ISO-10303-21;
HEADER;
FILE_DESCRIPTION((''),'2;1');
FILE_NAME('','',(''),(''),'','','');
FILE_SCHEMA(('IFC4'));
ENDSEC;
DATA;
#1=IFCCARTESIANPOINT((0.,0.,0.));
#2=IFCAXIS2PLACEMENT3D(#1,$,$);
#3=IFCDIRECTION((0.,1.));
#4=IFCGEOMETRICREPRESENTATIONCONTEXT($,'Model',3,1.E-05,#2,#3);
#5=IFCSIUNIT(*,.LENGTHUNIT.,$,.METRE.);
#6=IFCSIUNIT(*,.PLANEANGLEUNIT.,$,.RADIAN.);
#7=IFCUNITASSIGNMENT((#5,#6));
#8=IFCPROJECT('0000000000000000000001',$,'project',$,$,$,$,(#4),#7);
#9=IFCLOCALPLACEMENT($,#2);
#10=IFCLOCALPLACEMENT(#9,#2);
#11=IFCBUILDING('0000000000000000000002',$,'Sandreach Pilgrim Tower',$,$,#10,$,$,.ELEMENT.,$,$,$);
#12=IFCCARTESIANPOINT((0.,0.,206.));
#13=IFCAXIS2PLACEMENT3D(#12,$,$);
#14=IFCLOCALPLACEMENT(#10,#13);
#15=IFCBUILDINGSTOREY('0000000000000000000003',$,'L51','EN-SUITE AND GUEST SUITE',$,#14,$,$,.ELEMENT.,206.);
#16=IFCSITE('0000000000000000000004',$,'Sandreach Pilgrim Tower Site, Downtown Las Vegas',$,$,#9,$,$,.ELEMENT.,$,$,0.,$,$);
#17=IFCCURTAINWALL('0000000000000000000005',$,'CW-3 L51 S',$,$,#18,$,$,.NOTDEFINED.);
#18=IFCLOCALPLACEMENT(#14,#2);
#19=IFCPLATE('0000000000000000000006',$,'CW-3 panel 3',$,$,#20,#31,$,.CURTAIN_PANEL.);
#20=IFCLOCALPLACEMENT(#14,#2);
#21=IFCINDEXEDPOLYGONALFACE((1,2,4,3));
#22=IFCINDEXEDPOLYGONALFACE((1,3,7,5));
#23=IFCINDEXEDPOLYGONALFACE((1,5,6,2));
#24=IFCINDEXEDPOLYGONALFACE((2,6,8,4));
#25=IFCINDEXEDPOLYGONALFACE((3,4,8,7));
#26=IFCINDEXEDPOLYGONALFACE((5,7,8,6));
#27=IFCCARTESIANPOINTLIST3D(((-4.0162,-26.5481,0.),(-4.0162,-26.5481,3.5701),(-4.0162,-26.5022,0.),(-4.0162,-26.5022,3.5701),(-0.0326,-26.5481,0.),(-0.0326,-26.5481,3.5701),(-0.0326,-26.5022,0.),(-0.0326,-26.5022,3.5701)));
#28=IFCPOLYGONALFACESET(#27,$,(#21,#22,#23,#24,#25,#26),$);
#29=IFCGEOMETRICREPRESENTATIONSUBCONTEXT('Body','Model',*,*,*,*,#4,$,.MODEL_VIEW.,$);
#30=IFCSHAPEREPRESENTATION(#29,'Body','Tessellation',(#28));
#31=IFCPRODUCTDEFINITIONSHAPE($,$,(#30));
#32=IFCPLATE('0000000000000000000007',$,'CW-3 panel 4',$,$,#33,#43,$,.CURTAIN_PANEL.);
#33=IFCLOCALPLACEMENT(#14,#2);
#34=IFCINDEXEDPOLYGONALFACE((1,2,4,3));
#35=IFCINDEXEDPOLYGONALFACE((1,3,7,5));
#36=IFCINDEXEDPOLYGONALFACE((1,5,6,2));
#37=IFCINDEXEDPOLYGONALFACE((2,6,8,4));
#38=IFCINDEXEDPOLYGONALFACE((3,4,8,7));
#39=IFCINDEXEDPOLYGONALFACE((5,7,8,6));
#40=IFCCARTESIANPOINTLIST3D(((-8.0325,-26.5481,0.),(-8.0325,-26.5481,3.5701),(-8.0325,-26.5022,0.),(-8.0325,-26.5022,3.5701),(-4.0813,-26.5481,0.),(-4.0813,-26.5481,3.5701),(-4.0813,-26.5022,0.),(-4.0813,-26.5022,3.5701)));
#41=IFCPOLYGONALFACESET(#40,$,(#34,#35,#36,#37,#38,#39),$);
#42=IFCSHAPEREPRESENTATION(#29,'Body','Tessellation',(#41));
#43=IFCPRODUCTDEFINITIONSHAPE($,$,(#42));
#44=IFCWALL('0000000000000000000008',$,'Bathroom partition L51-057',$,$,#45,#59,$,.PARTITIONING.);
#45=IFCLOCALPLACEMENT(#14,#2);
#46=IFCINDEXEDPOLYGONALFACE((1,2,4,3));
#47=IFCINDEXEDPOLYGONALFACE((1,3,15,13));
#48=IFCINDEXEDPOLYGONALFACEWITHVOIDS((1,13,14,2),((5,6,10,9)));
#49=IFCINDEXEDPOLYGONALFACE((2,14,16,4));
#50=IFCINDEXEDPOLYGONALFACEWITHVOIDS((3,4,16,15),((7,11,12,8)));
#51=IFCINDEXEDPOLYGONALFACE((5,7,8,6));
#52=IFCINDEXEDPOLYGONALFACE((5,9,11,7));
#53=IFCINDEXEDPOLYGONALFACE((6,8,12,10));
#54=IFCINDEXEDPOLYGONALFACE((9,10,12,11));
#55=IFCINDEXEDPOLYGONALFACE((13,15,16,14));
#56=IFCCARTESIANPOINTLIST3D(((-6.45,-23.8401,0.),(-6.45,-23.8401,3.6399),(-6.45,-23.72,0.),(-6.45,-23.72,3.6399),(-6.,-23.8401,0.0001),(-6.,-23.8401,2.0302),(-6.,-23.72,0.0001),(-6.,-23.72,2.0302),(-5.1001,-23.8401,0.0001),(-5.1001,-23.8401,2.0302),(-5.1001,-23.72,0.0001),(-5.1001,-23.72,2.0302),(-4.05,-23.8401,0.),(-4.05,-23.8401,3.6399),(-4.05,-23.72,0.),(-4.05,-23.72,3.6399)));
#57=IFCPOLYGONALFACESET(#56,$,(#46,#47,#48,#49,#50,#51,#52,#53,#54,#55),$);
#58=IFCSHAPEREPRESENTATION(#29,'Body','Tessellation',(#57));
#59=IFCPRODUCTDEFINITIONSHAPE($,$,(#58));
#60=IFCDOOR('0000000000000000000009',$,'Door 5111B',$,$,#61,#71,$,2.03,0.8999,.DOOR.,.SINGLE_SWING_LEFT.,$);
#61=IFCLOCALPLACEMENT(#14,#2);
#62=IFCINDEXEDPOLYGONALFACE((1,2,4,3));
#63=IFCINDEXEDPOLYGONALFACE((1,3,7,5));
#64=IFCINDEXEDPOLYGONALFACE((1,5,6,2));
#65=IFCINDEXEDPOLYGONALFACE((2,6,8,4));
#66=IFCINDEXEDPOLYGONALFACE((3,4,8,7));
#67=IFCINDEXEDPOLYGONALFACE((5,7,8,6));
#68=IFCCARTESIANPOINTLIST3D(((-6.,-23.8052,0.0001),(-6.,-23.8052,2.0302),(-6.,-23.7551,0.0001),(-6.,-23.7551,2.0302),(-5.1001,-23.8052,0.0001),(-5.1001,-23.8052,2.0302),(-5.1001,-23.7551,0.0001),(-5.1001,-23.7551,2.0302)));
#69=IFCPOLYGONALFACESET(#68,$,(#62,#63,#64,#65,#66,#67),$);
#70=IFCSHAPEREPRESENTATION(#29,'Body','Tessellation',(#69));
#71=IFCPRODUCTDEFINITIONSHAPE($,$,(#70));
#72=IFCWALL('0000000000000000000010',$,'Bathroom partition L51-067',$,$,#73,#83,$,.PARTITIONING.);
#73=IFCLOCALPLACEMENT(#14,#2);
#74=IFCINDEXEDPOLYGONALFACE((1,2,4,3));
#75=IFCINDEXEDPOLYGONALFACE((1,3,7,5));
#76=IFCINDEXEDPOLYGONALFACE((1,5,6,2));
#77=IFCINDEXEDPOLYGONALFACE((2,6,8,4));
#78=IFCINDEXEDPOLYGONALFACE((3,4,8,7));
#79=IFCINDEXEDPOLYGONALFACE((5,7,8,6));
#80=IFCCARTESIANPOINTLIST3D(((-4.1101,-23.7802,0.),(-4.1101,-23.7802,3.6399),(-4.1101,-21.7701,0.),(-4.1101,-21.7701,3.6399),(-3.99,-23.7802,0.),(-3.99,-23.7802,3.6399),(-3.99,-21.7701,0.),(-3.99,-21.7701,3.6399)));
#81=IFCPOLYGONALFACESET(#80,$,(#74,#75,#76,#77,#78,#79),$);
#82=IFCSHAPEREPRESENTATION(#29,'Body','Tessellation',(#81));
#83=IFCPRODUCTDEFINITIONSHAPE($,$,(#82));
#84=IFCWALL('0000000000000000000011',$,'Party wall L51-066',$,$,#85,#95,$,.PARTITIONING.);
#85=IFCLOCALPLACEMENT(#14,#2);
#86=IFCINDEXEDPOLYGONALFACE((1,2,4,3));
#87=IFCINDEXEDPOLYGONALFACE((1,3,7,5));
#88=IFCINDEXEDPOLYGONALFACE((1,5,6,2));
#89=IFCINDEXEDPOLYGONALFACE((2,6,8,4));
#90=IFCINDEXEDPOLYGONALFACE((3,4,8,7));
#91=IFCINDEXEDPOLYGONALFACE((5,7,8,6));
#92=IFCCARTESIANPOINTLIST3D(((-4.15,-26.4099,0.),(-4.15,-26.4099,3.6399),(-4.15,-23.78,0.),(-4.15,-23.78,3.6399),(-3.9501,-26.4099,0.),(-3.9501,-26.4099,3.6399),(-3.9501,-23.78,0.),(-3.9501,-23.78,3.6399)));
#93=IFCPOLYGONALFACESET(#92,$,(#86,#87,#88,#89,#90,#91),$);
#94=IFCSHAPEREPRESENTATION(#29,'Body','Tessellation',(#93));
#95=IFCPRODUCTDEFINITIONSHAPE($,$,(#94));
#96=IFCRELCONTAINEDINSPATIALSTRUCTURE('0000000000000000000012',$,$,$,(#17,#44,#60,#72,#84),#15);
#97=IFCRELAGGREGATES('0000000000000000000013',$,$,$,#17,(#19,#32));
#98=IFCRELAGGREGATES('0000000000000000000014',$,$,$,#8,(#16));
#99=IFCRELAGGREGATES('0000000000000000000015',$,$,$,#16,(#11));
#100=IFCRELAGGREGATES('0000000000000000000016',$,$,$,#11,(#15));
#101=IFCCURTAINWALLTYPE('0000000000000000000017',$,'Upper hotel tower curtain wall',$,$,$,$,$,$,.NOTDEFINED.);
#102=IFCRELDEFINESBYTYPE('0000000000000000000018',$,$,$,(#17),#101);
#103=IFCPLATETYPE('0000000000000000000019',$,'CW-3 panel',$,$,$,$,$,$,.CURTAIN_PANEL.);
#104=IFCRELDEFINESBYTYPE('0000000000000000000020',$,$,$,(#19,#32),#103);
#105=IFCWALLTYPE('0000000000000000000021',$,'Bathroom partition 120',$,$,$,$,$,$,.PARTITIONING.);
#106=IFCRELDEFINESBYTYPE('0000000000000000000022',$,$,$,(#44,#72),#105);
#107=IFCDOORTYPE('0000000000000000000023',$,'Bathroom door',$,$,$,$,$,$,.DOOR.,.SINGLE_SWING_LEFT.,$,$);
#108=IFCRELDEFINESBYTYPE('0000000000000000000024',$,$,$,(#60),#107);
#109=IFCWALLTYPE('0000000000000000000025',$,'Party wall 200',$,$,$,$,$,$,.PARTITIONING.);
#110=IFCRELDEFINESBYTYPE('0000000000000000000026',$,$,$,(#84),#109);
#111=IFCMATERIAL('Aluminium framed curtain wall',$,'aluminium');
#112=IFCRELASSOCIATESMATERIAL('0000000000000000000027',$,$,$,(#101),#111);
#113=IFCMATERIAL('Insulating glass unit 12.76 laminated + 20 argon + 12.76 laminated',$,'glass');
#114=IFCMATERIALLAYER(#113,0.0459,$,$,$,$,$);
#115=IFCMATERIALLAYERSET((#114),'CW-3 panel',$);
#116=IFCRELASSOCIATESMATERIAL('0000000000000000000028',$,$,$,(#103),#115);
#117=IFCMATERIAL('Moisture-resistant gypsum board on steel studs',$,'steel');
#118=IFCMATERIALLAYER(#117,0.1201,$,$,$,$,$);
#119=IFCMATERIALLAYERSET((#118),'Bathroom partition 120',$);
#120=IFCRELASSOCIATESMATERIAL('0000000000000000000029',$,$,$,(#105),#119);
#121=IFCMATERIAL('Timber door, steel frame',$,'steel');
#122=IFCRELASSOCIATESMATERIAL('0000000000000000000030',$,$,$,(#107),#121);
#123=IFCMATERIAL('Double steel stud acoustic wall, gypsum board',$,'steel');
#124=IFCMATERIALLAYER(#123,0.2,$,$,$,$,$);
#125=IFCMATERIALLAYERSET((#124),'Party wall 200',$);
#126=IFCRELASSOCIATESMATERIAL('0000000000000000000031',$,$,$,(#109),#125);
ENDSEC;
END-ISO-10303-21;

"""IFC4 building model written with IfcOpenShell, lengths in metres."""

from ifc_helpers import new_model, si_unit, direction, frame, frame_2d, origin, origin_2d, place, context, subcontext, project, spatial, rectangle, extrude, material, layer, layer_set, type_object, element, fill, aggregate, save


model = new_model("IFC4")

# Units and contexts
model_context = context("Model", 3, precision=1e-05, world=origin(), true_north=direction((0.0, 1.0)))
body_context = subcontext(model_context, "Body", "Model", "MODEL_VIEW")
ifc_project = project(units=[si_unit("LENGTHUNIT", "METRE"), si_unit("PLANEANGLEUNIT", "RADIAN")], contexts=[model_context])

# Site, building, storey
site_placement = place(None, origin())
site = spatial("IfcSite", under=ifc_project, at=site_placement, Name="Sandreach Pilgrim Tower Site, Downtown Las Vegas", CompositionType="ELEMENT", RefElevation=0.0)
building_placement = place(site_placement, origin())
building = spatial("IfcBuilding", under=site, at=building_placement, Name="Sandreach Pilgrim Tower", CompositionType="ELEMENT")
storey_placement = place(building_placement, frame((0.0, 0.0, 206.0)))
storey = spatial("IfcBuildingStorey", under=building, at=storey_placement, Name="L51", Description="EN-SUITE AND GUEST SUITE", CompositionType="ELEMENT", Elevation=206.0)

# Curtain wall
ifc_material_1 = material(Name="Aluminium framed curtain wall", Category="aluminium")
curtain_wall_type = type_object("IfcCurtainWallType", Name="Upper hotel tower curtain wall", PredefinedType="NOTDEFINED", material=ifc_material_1)
curtain_wall_placement = place(storey_placement, origin())
curtain_wall = element("IfcCurtainWall", 1, at=curtain_wall_placement, inside=storey, type_object=curtain_wall_type, Name="CW-3 L51 S", PredefinedType="NOTDEFINED")

# Plates
ifc_material_2 = material(Name="Insulating glass unit 12.76 laminated + 20 argon + 12.76 laminated", Category="glass")
ifc_layer_1 = layer(ifc_material_2, 0.0459)
ifc_layer_set_1 = layer_set([ifc_layer_1], Name="CW-3 panel")
plate_type = type_object("IfcPlateType", Name="CW-3 panel", PredefinedType="CURTAIN_PANEL", material=ifc_layer_set_1)
plate_1_placement = place(storey_placement, frame((-2.0244, -26.5251, 0.0), z_axis=(0.0, 0.0, 1.0), x_axis=(-1.0, 0.0, 0.0)))
plate_1 = element("IfcPlate", 2, at=plate_1_placement, type_object=plate_type, Name="CW-3 panel 3", PredefinedType="CURTAIN_PANEL", context=body_context, shape_type="SweptSolid", body=[
    extrude(rectangle(XDim=3.9836, YDim=0.0459, at=origin_2d()), origin(), (0.0, 0.0, 1.0), 3.5701),
])
plate_2_placement = place(storey_placement, frame((-6.0569, -26.5251, 0.0), z_axis=(0.0, 0.0, 1.0), x_axis=(-1.0, 0.0, 0.0)))
plate_2 = element("IfcPlate", 3, at=plate_2_placement, type_object=plate_type, Name="CW-3 panel 4", PredefinedType="CURTAIN_PANEL", context=body_context, shape_type="SweptSolid", body=[
    extrude(rectangle(XDim=3.9512, YDim=0.0459, at=origin_2d()), origin(), (0.0, 0.0, 1.0), 3.5701),
])
aggregate(curtain_wall, [plate_1, plate_2])

# Wall, opening, door
ifc_material_3 = material(Name="Moisture-resistant gypsum board on steel studs", Category="steel")
ifc_layer_2 = layer(ifc_material_3, 0.1201)
ifc_layer_set_2 = layer_set([ifc_layer_2], Name="Bathroom partition 120")
wall_type_1 = type_object("IfcWallType", Name="Bathroom partition 120", PredefinedType="PARTITIONING", material=ifc_layer_set_2)
wall_1_placement = place(storey_placement, frame((-6.45, -23.78, 0.0), z_axis=(0.0, 0.0, 1.0), x_axis=(1.0, 0.0, 0.0)))
wall_1 = element("IfcWall", 4, at=wall_1_placement, inside=storey, type_object=wall_type_1, Name="Bathroom partition L51-057", PredefinedType="PARTITIONING", context=body_context, shape_type="SweptSolid", body=[
    extrude(rectangle(XDim=2.3999, YDim=0.1201, at=frame_2d((1.2, 0.0))), origin(), (0.0, 0.0, 1.0), 3.6399),
])
opening_placement = place(wall_1_placement, frame((0.45, 0.0, 0.0)))
opening = element("IfcOpeningElement", 5, at=opening_placement, cuts=wall_1, PredefinedType="OPENING", context=body_context, shape_type="SweptSolid", body=[
    extrude(rectangle(XDim=0.8999, YDim=2.03, at=frame_2d((0.45, 1.0151))), frame((0.0, 0.0601, 0.0), z_axis=(0.0, -1.0, 0.0), x_axis=(1.0, 0.0, 0.0)), (0.0, 0.0, 1.0), 0.1201),
])
ifc_material_4 = material(Name="Timber door, steel frame", Category="steel")
door_type = type_object("IfcDoorType", Name="Bathroom door", OperationType="SINGLE_SWING_LEFT", PredefinedType="DOOR", material=ifc_material_4)
door_placement = place(opening_placement, origin())
door = element("IfcDoor", 6, at=door_placement, inside=storey, type_object=door_type, Name="Door 5111B", OperationType="SINGLE_SWING_LEFT", OverallHeight=2.03, OverallWidth=0.8999, PredefinedType="DOOR", context=body_context, shape_type="SweptSolid", body=[
    extrude(rectangle(XDim=0.8999, YDim=2.03, at=frame_2d((0.45, 1.0151))), frame((0.0, 0.0249, 0.0), z_axis=(0.0, -1.0, 0.0), x_axis=(1.0, 0.0, 0.0)), (0.0, 0.0, 1.0), 0.05),
])
fill(opening, door)

# Walls
wall_2_placement = place(storey_placement, frame((-4.05, -23.78, 0.0), z_axis=(0.0, 0.0, 1.0), x_axis=(0.0, 1.0, 0.0)))
element("IfcWall", 7, at=wall_2_placement, inside=storey, type_object=wall_type_1, Name="Bathroom partition L51-067", PredefinedType="PARTITIONING", context=body_context, shape_type="SweptSolid", body=[
    extrude(rectangle(XDim=2.01, YDim=0.1201, at=frame_2d((1.0049, 0.0))), origin(), (0.0, 0.0, 1.0), 3.6399),
])
ifc_material_5 = material(Name="Double steel stud acoustic wall, gypsum board", Category="steel")
ifc_layer_3 = layer(ifc_material_5, 0.2)
ifc_layer_set_3 = layer_set([ifc_layer_3], Name="Party wall 200")
wall_type_2 = type_object("IfcWallType", Name="Party wall 200", PredefinedType="PARTITIONING", material=ifc_layer_set_3)
wall_3_placement = place(storey_placement, frame((-4.05, -26.4099, 0.0), z_axis=(0.0, 0.0, 1.0), x_axis=(0.0, 1.0, 0.0)))
element("IfcWall", 8, at=wall_3_placement, inside=storey, type_object=wall_type_2, Name="Party wall L51-066", PredefinedType="PARTITIONING", context=body_context, shape_type="SweptSolid", body=[
    extrude(rectangle(XDim=2.6299, YDim=0.2, at=frame_2d((1.3149, 0.0))), origin(), (0.0, 0.0, 1.0), 3.6399),
])

save(model, "model.ifc")
